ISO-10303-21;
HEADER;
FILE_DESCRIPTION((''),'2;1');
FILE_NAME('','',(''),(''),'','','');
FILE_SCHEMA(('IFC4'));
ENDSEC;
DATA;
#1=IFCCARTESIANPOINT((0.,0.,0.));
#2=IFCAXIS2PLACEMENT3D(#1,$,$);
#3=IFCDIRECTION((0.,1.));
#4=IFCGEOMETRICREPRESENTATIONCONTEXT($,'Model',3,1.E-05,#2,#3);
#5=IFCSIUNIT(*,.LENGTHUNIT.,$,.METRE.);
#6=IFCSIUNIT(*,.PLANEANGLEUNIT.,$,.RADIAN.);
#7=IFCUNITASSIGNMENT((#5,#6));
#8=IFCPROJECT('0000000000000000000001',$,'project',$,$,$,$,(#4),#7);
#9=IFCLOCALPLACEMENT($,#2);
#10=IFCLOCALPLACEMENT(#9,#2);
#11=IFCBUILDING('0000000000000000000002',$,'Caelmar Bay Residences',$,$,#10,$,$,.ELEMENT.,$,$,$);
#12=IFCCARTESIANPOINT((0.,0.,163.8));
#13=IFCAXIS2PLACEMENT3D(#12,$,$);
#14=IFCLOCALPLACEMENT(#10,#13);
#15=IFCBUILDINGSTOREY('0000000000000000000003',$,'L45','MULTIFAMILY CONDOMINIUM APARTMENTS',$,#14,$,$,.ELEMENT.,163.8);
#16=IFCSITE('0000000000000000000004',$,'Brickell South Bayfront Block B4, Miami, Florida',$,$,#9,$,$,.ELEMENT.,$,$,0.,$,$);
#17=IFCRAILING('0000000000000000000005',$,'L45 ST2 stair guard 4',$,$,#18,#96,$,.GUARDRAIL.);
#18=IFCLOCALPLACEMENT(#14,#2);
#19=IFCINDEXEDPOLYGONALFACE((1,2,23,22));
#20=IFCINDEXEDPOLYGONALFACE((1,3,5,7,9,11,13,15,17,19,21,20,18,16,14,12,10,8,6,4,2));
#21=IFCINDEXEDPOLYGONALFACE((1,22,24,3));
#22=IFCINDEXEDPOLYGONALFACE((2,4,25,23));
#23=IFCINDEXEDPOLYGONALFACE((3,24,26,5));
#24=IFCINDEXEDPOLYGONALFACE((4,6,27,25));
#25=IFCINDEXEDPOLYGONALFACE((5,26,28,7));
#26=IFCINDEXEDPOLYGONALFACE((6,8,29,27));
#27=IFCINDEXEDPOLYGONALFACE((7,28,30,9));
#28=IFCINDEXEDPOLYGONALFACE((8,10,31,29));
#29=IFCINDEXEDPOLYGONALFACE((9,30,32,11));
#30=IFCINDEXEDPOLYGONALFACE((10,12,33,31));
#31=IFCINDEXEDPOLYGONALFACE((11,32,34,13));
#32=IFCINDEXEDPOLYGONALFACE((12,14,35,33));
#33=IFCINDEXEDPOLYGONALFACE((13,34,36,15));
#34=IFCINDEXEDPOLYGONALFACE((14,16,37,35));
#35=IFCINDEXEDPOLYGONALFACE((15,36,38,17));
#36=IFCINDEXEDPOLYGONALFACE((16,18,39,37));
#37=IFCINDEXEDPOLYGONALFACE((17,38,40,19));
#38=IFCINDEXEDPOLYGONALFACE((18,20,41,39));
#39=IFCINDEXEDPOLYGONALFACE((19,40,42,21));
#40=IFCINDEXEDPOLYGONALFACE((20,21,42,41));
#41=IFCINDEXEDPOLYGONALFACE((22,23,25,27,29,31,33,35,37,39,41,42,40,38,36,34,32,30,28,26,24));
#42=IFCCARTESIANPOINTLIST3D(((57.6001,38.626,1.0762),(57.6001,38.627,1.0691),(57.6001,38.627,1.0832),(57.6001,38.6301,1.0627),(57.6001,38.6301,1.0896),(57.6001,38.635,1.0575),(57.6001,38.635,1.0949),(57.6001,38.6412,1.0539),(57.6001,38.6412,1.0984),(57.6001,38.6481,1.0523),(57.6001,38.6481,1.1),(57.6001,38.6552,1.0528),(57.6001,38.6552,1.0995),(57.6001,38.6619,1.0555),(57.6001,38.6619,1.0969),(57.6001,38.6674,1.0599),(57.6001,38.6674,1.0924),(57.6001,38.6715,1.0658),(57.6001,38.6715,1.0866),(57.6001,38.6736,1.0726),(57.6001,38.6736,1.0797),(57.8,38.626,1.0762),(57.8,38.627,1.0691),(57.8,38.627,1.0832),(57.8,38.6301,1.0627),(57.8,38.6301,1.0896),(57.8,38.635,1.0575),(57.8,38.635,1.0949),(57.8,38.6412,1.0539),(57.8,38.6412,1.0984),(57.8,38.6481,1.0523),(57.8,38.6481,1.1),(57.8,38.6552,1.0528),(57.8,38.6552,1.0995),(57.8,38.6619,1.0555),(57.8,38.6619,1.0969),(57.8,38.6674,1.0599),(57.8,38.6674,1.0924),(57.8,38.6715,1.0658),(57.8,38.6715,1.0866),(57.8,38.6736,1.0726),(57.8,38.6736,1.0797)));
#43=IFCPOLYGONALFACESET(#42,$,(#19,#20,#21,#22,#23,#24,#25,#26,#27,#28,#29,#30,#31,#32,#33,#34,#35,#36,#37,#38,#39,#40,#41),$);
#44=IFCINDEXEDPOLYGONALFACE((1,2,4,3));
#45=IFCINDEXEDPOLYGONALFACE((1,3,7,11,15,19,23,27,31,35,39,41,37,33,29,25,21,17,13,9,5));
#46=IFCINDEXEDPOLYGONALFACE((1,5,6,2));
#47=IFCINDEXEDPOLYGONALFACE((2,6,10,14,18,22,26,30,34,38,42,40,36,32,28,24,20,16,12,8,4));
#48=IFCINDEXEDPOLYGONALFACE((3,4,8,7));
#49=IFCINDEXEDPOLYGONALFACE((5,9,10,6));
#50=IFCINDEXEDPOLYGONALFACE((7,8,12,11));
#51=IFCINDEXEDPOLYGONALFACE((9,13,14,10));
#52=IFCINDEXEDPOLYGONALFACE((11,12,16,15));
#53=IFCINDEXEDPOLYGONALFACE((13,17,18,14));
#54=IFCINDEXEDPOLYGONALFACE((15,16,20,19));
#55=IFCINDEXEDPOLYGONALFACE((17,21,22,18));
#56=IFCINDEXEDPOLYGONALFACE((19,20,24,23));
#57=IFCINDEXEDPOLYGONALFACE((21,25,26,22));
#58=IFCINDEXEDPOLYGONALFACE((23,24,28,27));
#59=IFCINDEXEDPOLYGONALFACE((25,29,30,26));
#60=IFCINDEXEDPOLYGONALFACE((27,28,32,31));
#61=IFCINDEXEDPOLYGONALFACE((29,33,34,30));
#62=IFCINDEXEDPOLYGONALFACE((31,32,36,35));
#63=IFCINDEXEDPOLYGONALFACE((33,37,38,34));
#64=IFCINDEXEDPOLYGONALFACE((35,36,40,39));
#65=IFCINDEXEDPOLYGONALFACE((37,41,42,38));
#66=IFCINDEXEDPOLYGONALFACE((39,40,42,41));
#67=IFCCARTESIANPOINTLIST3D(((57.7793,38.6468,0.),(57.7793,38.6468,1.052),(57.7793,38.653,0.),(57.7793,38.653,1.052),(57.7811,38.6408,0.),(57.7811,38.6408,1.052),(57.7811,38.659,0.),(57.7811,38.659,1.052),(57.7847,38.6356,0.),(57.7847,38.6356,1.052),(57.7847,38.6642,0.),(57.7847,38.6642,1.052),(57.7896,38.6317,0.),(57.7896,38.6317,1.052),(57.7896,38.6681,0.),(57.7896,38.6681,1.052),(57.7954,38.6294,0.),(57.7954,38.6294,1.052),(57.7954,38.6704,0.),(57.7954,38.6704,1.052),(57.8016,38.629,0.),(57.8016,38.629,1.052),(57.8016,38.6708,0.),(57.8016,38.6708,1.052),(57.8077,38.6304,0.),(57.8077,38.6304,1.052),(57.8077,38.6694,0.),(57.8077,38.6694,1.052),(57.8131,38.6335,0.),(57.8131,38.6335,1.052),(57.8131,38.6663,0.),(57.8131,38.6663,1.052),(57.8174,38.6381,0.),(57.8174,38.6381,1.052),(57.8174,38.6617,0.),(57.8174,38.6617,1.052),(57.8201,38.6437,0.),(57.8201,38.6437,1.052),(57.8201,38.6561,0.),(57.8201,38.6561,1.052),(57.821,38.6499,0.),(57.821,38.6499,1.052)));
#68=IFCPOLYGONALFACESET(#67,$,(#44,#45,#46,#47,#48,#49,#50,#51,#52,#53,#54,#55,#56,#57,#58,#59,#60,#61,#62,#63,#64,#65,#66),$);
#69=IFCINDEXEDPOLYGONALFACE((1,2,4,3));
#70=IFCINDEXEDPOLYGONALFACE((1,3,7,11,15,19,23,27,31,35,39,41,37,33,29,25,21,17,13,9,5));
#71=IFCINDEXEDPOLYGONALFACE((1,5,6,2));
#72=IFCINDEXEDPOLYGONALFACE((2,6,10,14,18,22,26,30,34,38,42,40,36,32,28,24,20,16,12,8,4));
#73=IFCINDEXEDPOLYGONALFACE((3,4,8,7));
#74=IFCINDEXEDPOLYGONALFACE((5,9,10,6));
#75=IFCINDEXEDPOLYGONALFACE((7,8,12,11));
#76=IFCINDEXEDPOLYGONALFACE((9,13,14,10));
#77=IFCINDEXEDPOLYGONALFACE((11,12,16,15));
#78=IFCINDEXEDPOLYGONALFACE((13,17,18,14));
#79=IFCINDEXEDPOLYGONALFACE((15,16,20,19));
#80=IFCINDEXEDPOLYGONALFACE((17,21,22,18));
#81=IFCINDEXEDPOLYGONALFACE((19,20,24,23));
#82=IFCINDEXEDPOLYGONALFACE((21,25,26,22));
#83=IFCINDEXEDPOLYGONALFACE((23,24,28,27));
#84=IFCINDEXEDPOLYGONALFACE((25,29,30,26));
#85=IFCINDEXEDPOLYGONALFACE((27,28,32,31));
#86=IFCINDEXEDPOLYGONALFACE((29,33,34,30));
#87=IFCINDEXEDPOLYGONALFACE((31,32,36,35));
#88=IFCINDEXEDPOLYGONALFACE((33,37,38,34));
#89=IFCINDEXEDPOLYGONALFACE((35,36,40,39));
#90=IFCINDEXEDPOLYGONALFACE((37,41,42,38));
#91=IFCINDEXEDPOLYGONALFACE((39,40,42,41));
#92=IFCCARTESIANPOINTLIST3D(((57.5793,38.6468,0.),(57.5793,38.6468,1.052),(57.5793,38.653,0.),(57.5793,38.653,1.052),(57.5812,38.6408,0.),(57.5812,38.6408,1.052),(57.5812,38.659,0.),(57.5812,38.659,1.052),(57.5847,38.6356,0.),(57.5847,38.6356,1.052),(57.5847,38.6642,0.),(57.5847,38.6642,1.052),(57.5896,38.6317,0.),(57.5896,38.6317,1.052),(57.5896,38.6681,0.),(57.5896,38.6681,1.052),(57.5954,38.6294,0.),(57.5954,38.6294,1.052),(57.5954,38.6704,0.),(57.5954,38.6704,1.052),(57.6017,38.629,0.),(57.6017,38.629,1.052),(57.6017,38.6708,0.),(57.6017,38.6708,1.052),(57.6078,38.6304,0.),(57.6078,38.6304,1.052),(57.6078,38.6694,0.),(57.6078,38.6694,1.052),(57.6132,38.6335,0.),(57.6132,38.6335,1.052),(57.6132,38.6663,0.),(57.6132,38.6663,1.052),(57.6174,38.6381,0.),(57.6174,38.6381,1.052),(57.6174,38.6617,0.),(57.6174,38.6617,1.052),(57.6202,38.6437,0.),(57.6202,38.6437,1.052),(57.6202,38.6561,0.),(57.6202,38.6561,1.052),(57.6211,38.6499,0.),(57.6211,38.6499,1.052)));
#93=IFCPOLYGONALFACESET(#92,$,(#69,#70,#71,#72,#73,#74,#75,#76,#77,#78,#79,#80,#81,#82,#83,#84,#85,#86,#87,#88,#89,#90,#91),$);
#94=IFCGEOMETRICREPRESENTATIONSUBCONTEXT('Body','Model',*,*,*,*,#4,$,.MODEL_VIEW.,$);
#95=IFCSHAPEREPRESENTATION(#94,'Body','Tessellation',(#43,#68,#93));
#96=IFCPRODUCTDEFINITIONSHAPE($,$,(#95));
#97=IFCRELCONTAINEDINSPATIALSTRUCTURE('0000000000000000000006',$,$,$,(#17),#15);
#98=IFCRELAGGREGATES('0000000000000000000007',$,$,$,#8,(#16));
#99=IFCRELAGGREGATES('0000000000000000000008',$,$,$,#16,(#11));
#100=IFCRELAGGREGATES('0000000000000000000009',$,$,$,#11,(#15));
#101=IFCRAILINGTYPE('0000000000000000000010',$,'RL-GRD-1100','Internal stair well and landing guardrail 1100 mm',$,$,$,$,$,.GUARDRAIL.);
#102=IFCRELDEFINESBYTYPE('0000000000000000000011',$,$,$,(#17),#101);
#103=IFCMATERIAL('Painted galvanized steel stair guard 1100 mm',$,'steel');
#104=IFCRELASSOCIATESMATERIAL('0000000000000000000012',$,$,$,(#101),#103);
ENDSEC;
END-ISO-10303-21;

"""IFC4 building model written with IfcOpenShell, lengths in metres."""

from ifc_helpers import new_model, si_unit, direction, frame, origin, origin_2d, place, context, subcontext, project, spatial, circle, extrude, material, type_object, element, save


model = new_model("IFC4")

# Units and contexts
model_context = context("Model", 3, precision=1e-05, world=origin(), true_north=direction((0.0, 1.0)))
body_context = subcontext(model_context, "Body", "Model", "MODEL_VIEW")
ifc_project = project(units=[si_unit("LENGTHUNIT", "METRE"), si_unit("PLANEANGLEUNIT", "RADIAN")], contexts=[model_context])

# Site, building, storey
site_placement = place(None, origin())
site = spatial("IfcSite", under=ifc_project, at=site_placement, Name="Brickell South Bayfront Block B4, Miami, Florida", CompositionType="ELEMENT", RefElevation=0.0)
building_placement = place(site_placement, origin())
building = spatial("IfcBuilding", under=site, at=building_placement, Name="Caelmar Bay Residences", CompositionType="ELEMENT")
storey_placement = place(building_placement, frame((0.0, 0.0, 163.8)))
storey = spatial("IfcBuildingStorey", under=building, at=storey_placement, Name="L45", Description="MULTIFAMILY CONDOMINIUM APARTMENTS", CompositionType="ELEMENT", Elevation=163.8)

# Railing
ifc_material_1 = material(Name="Painted galvanized steel stair guard 1100 mm", Category="steel")
railing_type_1 = type_object("IfcRailingType", Name="RL-GRD-1100", Description="Internal stair well and landing guardrail 1100 mm", PredefinedType="GUARDRAIL", material=ifc_material_1)
railing_1_placement = place(storey_placement, frame((57.8, 38.6499, 0.0)))
element("IfcRailing", 1, at=railing_1_placement, inside=storey, type_object=railing_type_1, Name="L45 ST2 stair guard 4", PredefinedType="GUARDRAIL", context=body_context, shape_type="SweptSolid", body=[
    extrude(circle(Radius=0.0239, at=origin_2d()), frame((0.0, 0.0, 1.0762), z_axis=(-1.0, 0.0, 0.0), x_axis=(0.0, -1.0, 0.0)), (0.0, 0.0, 1.0), 0.2),
    extrude(circle(Radius=0.021, at=origin_2d()), origin(), (0.0, 0.0, 1.0), 1.052),
    extrude(circle(Radius=0.021, at=origin_2d()), frame((-0.2, 0.0, 0.0)), (0.0, 0.0, 1.0), 1.052),
])

save(model, "model.ifc")
